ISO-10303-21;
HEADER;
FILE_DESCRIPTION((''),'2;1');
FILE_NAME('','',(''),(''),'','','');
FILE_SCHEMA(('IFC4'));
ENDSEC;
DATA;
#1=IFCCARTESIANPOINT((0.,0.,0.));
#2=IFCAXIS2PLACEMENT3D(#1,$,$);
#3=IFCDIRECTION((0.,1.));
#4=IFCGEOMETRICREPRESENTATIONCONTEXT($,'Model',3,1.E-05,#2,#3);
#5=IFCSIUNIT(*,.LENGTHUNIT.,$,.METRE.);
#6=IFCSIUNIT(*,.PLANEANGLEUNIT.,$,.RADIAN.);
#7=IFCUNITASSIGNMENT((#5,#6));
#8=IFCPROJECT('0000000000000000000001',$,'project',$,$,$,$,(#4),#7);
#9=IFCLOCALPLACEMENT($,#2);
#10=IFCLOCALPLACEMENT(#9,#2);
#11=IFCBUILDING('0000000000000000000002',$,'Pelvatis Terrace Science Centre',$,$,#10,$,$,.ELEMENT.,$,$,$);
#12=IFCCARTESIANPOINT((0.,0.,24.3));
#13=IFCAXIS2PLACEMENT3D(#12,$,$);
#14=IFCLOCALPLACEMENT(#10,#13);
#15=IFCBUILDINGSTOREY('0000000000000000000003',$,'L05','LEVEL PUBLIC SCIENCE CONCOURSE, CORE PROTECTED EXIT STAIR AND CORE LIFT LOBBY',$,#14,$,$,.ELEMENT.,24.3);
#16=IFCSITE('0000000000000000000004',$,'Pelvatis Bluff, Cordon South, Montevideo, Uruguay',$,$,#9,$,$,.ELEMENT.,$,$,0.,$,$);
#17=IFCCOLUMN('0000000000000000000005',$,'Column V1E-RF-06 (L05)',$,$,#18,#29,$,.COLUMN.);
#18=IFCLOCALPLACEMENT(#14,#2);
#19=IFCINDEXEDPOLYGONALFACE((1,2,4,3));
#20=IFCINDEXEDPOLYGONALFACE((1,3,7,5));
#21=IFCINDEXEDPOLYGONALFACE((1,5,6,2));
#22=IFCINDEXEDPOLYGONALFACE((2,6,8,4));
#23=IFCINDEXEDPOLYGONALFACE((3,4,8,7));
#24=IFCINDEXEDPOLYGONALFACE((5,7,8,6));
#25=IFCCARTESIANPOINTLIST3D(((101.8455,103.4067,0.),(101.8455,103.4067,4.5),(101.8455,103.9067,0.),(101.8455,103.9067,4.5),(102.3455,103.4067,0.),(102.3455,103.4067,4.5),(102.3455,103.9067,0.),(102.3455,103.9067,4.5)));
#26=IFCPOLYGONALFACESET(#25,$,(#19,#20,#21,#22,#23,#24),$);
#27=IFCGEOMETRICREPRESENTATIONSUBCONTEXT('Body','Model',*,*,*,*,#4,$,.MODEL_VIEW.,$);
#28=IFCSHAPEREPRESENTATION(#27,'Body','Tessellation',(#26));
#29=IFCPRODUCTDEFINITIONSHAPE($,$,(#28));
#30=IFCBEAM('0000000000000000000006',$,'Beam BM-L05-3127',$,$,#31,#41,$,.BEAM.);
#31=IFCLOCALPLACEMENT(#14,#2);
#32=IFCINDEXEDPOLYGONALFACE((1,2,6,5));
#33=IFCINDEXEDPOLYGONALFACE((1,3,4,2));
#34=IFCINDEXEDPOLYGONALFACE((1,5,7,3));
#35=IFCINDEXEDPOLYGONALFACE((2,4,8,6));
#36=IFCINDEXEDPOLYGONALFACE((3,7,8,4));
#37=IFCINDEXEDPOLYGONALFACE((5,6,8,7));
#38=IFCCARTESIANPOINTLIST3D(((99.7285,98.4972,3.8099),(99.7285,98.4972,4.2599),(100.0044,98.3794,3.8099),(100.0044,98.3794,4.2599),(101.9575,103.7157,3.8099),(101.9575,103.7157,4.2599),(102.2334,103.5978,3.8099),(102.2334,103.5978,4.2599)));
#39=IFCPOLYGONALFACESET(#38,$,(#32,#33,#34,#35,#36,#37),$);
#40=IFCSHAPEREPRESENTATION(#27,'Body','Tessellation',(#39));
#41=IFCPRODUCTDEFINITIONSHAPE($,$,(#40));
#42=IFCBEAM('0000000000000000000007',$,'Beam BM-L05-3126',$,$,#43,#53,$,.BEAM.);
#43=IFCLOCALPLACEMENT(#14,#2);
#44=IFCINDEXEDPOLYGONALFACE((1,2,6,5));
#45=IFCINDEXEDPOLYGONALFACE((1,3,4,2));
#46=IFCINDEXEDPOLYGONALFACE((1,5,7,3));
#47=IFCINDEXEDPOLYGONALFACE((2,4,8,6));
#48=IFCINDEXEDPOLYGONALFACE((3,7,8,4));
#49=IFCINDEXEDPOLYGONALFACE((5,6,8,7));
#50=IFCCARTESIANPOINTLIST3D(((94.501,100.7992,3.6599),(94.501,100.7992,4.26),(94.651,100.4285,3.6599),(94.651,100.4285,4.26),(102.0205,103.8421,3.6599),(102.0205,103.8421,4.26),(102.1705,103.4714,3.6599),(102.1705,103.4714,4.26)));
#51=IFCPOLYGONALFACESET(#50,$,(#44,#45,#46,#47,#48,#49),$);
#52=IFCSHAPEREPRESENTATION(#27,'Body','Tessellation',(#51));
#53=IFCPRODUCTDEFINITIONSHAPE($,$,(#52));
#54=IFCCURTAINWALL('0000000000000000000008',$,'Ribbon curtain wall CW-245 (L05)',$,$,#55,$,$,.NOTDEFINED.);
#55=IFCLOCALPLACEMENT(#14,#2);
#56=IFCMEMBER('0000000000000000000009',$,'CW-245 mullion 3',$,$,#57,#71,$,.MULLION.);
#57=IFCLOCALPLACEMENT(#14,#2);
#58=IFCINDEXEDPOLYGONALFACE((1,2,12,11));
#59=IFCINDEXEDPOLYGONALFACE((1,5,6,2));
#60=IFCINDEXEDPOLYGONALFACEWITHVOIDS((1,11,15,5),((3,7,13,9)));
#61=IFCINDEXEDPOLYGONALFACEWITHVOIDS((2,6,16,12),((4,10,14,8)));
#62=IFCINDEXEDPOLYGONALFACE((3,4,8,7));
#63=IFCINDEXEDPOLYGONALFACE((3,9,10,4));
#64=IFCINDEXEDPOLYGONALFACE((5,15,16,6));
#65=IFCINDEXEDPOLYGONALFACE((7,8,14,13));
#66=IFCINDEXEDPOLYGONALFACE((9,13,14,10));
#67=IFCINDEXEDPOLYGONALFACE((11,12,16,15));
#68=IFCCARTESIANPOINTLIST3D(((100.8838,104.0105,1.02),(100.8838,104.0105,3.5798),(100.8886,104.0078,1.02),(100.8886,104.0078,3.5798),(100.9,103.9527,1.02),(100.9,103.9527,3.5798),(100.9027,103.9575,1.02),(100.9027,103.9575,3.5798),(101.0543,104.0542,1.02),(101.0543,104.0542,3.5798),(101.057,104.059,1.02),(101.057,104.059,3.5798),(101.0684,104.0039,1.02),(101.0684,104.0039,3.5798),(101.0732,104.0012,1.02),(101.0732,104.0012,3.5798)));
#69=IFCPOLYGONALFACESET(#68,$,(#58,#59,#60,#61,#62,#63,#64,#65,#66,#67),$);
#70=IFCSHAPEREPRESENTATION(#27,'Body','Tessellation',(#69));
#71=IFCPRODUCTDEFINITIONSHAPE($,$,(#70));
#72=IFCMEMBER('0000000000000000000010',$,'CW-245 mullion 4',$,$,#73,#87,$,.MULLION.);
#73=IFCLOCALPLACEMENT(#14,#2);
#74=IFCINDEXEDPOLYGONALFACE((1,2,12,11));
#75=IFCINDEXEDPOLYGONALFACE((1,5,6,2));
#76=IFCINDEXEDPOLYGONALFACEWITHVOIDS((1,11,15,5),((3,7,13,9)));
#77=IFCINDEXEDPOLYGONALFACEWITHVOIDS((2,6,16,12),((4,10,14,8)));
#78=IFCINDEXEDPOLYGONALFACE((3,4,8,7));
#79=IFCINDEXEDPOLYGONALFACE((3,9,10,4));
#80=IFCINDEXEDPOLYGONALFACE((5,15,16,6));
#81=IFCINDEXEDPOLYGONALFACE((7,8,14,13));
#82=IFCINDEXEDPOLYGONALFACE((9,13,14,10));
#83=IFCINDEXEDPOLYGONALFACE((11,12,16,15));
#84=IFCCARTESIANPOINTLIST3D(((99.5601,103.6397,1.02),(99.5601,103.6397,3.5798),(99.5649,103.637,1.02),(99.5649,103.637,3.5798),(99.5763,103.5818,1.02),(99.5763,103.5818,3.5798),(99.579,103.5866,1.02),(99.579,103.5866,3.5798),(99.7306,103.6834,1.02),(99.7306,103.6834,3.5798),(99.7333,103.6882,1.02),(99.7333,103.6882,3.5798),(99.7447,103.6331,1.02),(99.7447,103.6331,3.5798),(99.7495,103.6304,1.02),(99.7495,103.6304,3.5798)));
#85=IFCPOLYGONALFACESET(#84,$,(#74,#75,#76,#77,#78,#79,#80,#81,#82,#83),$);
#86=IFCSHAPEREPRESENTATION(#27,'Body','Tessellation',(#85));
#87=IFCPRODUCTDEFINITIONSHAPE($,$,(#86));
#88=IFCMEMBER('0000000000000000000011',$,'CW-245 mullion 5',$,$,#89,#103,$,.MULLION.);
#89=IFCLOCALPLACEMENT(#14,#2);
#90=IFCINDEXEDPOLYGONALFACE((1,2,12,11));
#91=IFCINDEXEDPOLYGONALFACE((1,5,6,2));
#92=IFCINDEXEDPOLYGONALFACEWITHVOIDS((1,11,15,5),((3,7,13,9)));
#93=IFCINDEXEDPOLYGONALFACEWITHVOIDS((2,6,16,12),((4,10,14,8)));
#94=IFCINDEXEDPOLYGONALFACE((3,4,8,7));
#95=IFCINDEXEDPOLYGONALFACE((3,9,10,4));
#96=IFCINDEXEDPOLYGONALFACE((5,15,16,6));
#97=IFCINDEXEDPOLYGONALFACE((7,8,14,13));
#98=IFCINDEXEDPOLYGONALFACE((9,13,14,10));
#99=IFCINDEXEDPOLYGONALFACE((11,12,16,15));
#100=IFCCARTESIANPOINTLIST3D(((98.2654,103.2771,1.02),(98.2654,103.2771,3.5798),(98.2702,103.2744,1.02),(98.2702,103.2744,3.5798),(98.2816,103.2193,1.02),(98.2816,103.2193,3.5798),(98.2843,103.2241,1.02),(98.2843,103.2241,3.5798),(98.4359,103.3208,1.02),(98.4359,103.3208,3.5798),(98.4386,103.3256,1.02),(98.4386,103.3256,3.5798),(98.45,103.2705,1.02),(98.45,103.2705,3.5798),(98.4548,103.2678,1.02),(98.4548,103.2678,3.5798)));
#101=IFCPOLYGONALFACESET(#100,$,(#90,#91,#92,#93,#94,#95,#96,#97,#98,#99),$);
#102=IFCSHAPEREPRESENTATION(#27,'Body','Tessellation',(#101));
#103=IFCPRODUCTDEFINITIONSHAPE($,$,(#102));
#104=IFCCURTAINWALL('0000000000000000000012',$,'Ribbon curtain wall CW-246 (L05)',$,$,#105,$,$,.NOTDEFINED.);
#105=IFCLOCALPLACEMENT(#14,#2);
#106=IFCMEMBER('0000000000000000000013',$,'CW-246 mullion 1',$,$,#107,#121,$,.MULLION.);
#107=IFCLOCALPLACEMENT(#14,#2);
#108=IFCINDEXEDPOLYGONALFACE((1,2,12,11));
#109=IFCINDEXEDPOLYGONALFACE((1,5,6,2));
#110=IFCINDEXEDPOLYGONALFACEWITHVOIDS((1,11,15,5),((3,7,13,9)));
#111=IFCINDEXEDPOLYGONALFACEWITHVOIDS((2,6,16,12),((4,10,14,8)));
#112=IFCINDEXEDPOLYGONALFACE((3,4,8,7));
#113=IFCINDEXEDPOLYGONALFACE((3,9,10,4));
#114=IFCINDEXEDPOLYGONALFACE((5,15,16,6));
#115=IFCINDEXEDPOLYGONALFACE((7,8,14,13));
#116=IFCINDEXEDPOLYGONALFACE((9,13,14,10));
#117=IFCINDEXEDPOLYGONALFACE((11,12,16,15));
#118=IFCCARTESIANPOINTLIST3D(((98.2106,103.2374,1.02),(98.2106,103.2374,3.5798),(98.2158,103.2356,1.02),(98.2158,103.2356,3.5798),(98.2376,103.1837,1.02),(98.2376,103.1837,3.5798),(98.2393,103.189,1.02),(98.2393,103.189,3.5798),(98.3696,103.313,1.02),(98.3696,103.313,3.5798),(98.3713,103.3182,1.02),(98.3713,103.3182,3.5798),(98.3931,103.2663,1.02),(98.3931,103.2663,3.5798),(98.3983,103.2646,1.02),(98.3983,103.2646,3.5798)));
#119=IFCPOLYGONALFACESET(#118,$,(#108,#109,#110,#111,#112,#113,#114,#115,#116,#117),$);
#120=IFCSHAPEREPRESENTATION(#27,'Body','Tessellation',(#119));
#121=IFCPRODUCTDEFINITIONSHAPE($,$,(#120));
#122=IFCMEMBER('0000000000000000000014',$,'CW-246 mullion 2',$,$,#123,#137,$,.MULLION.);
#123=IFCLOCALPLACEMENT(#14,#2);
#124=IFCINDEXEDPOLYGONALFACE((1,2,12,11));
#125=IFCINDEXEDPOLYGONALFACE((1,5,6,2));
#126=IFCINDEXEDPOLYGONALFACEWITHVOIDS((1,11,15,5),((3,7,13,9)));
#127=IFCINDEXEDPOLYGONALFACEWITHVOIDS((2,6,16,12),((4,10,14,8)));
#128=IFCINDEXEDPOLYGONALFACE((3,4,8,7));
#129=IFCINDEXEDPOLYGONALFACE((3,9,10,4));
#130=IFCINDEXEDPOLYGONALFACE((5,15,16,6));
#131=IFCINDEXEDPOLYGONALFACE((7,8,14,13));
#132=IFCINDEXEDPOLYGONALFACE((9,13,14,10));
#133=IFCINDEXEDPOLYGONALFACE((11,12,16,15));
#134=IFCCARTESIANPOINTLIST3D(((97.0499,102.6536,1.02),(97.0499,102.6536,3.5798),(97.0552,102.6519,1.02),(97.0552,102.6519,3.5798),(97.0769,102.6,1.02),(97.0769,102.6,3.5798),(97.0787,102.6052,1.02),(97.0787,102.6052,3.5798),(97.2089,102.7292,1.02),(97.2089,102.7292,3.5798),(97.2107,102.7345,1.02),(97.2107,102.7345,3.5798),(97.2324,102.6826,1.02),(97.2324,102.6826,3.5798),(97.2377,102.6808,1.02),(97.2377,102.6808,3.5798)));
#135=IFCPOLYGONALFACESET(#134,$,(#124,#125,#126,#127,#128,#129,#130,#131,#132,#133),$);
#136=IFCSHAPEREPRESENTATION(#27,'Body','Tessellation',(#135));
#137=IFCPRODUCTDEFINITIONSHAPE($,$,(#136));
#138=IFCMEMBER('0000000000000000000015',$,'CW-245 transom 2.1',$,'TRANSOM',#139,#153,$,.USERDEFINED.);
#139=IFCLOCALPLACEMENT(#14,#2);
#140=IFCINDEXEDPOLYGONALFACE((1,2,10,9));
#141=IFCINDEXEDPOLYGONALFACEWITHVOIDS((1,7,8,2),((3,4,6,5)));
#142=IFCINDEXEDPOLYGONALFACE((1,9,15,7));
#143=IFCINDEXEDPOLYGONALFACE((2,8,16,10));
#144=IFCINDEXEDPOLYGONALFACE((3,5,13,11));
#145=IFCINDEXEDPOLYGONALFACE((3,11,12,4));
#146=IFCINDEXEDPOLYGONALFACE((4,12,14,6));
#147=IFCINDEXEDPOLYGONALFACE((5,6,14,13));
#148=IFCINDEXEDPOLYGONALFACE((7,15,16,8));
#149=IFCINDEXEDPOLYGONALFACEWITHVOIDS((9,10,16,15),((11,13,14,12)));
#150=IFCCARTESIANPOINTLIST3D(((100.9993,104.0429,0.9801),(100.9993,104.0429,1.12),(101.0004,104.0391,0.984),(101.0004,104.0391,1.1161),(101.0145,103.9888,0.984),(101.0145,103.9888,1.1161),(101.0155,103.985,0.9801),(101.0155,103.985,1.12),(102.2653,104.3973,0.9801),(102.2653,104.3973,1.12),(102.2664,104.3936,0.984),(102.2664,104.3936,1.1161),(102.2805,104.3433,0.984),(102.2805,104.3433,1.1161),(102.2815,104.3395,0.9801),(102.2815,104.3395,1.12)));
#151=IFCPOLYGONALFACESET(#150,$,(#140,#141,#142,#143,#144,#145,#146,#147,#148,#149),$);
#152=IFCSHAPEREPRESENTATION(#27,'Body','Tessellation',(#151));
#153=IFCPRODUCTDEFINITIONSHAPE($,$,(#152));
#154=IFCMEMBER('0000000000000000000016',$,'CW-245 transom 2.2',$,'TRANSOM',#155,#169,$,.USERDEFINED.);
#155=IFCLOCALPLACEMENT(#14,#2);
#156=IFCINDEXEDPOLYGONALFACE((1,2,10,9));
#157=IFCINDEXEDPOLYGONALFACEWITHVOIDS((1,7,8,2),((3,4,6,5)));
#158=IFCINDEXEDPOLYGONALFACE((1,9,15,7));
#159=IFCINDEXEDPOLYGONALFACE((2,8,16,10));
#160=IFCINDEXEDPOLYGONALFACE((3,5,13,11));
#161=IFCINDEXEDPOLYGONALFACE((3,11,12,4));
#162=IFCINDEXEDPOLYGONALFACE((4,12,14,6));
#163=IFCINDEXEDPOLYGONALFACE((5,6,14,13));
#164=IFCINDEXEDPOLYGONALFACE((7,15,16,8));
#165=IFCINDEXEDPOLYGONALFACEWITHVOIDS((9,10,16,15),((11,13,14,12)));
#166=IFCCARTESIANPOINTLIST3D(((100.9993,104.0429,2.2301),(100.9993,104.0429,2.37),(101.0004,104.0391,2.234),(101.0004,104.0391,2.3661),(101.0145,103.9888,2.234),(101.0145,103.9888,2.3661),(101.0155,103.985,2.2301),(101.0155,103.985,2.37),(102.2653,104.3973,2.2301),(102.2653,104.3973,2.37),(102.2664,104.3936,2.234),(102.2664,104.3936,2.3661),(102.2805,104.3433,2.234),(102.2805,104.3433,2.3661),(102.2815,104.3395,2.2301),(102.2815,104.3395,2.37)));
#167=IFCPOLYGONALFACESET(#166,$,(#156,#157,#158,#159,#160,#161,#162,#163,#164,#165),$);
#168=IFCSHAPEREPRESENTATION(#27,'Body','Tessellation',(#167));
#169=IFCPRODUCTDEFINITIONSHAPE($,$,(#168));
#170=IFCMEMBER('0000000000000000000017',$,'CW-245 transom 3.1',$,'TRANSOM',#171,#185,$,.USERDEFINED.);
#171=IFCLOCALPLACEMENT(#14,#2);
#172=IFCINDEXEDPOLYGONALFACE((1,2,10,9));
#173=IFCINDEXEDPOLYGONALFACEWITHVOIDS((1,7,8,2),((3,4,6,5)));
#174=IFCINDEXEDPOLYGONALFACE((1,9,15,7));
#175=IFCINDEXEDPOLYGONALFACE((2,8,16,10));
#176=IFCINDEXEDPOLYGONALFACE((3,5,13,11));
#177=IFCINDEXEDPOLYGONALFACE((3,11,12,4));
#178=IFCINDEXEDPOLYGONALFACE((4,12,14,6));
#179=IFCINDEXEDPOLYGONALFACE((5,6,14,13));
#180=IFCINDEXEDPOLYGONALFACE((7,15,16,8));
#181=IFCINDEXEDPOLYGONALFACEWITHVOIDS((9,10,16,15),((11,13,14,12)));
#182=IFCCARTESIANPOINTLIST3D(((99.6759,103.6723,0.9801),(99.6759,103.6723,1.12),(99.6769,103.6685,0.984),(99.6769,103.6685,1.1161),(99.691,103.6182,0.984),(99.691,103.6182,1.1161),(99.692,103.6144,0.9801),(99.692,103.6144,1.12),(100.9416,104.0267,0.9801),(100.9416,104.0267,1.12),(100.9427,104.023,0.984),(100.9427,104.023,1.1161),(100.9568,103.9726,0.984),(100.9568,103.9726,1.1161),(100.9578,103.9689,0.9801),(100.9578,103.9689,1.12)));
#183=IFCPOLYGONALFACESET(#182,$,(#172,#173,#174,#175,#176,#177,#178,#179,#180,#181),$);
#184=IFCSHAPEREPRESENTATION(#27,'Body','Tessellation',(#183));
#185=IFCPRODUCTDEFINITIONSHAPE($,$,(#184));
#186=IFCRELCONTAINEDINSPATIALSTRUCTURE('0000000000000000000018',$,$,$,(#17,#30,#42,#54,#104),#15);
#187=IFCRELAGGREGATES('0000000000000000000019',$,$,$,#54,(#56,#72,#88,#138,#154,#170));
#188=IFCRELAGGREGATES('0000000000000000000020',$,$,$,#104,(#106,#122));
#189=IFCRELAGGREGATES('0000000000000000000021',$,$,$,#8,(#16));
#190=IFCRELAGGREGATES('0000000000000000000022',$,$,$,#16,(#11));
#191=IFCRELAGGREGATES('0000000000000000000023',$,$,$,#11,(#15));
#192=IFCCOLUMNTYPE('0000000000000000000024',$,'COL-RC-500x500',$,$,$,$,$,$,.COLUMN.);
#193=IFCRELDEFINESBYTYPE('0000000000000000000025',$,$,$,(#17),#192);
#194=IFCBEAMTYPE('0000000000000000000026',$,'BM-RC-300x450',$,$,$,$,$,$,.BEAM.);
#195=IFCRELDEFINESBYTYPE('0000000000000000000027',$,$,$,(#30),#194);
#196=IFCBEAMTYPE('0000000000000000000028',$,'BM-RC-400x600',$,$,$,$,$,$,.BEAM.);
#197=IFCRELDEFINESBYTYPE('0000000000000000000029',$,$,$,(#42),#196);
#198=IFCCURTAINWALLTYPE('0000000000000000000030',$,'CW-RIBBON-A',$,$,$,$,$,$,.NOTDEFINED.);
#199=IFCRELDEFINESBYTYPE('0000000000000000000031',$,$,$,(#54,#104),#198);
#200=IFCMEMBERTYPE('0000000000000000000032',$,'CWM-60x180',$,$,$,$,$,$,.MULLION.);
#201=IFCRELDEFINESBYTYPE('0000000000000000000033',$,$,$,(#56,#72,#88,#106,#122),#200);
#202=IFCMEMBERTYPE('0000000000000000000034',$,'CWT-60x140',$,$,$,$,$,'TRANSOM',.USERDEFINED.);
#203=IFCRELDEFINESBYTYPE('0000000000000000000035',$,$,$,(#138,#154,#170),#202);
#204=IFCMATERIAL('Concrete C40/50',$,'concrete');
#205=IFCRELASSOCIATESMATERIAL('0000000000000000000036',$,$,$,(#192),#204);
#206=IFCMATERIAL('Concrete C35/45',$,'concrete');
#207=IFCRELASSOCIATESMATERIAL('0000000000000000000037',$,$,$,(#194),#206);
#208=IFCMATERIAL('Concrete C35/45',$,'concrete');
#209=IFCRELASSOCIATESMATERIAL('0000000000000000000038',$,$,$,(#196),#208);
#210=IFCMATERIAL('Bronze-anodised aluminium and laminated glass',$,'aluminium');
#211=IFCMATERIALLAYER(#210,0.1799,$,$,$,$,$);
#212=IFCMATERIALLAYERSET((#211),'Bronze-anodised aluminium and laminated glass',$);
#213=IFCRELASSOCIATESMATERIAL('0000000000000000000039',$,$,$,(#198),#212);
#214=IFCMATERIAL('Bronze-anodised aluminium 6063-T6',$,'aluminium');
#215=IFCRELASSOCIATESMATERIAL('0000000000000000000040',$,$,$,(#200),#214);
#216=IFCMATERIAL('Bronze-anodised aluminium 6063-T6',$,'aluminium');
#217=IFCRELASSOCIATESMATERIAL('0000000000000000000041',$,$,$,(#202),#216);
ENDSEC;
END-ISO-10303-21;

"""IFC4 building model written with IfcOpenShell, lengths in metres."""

from ifc_helpers import new_model, si_unit, direction, frame, origin, origin_2d, place, context, subcontext, project, spatial, rectangle, hollow_rectangle, extrude, material, layer, layer_set, material_profile, profile_set, type_object, element, aggregate, save


model = new_model("IFC4")

# Units and contexts
model_context = context("Model", 3, precision=1e-05, world=origin(), true_north=direction((0.0, 1.0)))
body_context = subcontext(model_context, "Body", "Model", "MODEL_VIEW")
ifc_project = project(units=[si_unit("LENGTHUNIT", "METRE"), si_unit("PLANEANGLEUNIT", "RADIAN")], contexts=[model_context])

# Site, building, storey
site_placement = place(None, origin())
site = spatial("IfcSite", under=ifc_project, at=site_placement, Name="Pelvatis Bluff, Cordon South, Montevideo, Uruguay", CompositionType="ELEMENT", RefElevation=0.0)
building_placement = place(site_placement, origin())
building = spatial("IfcBuilding", under=site, at=building_placement, Name="Pelvatis Terrace Science Centre", CompositionType="ELEMENT")
storey_placement = place(building_placement, frame((0.0, 0.0, 24.3)))
storey = spatial("IfcBuildingStorey", under=building, at=storey_placement, Name="L05", Description="LEVEL PUBLIC SCIENCE CONCOURSE, CORE PROTECTED EXIT STAIR AND CORE LIFT LOBBY", CompositionType="ELEMENT", Elevation=24.3)

# Column
ifc_material_1 = material(Name="Concrete C40/50", Category="concrete")
ifc_material_profile_1 = material_profile(ifc_material_1, rectangle(XDim=0.5, YDim=0.5, at=origin_2d()), Name="RC-COL 500x500")
ifc_profile_set_1 = profile_set([ifc_material_profile_1], Name="Concrete C40/50")
column_type = type_object("IfcColumnType", Name="COL-RC-500x500", PredefinedType="COLUMN", material=ifc_profile_set_1)
column_placement = place(storey_placement, frame((102.0955, 103.6567, 0.0), z_axis=(0.0, 0.0, 1.0), x_axis=(1.0, 0.0, 0.0)))
element("IfcColumn", 1, at=column_placement, inside=storey, type_object=column_type, Name="Column V1E-RF-06 (L05)", PredefinedType="COLUMN", context=body_context, shape_type="SweptSolid", body=[
    extrude(rectangle(XDim=0.5, YDim=0.5, at=origin_2d()), origin(), (0.0, 0.0, 1.0), 4.5),
])

# Beams
ifc_material_2 = material(Name="Concrete C35/45", Category="concrete")
ifc_material_profile_2 = material_profile(ifc_material_2, rectangle(XDim=0.3, YDim=0.45, at=origin_2d()), Name="RC-BM 300x450")
ifc_profile_set_2 = profile_set([ifc_material_profile_2], Name="Concrete C35/45")
beam_type_1 = type_object("IfcBeamType", Name="BM-RC-300x450", PredefinedType="BEAM", material=ifc_profile_set_2)
beam_1_placement = place(storey_placement, frame((102.0955, 103.6567, 4.0349), z_axis=(-0.392803, -0.919623, 0.0), x_axis=(0.919623, -0.392803, 0.0)))
element("IfcBeam", 2, at=beam_1_placement, inside=storey, type_object=beam_type_1, Name="Beam BM-L05-3127", PredefinedType="BEAM", context=body_context, shape_type="SweptSolid", body=[
    extrude(rectangle(XDim=0.3, YDim=0.45, at=origin_2d()), origin(), (0.0, 0.0, 1.0), 5.6746),
])
ifc_material_3 = material(Name="Concrete C35/45", Category="concrete")
ifc_material_profile_3 = material_profile(ifc_material_3, rectangle(XDim=0.3999, YDim=0.6001, at=origin_2d()), Name="RC-BM 400x600")
ifc_profile_set_3 = profile_set([ifc_material_profile_3], Name="Concrete C35/45")
beam_type_2 = type_object("IfcBeamType", Name="BM-RC-400x600", PredefinedType="BEAM", material=ifc_profile_set_3)
beam_2_placement = place(storey_placement, frame((102.0955, 103.6567, 3.96), z_axis=(-0.926975, -0.375124, 0.0), x_axis=(0.375124, -0.926975, 0.0)))
element("IfcBeam", 3, at=beam_2_placement, inside=storey, type_object=beam_type_2, Name="Beam BM-L05-3126", PredefinedType="BEAM", context=body_context, shape_type="SweptSolid", body=[
    extrude(rectangle(XDim=0.3999, YDim=0.6001, at=origin_2d()), origin(), (0.0, 0.0, 1.0), 8.1118),
])

# Curtain walls, members
ifc_material_4 = material(Name="Bronze-anodised aluminium and laminated glass", Category="aluminium")
ifc_layer_1 = layer(ifc_material_4, 0.1799)
ifc_layer_set_1 = layer_set([ifc_layer_1], Name="Bronze-anodised aluminium and laminated glass")
curtain_wall_type = type_object("IfcCurtainWallType", Name="CW-RIBBON-A", PredefinedType="NOTDEFINED", material=ifc_layer_set_1)
curtain_wall_1_placement = place(storey_placement, origin())
curtain_wall_1 = element("IfcCurtainWall", 4, at=curtain_wall_1_placement, inside=storey, type_object=curtain_wall_type, Name="Ribbon curtain wall CW-245 (L05)", PredefinedType="NOTDEFINED")
ifc_material_5 = material(Name="Bronze-anodised aluminium 6063-T6", Category="aluminium")
ifc_material_profile_4 = material_profile(ifc_material_5, hollow_rectangle(XDim=0.0601, YDim=0.1799, WallThickness=0.0039, at=origin_2d()), Name="ALU-MUL 60x180")
ifc_profile_set_4 = profile_set([ifc_material_profile_4], Name="Bronze-anodised aluminium 6063-T6")
member_type_1 = type_object("IfcMemberType", Name="CWM-60x180", PredefinedType="MULLION", material=ifc_profile_set_4)
member_1_placement = place(storey_placement, frame((100.9785, 104.0059, 1.02), z_axis=(0.0, 0.0, 1.0), x_axis=(0.269695, -0.962946, 0.0)))
member_1 = element("IfcMember", 5, at=member_1_placement, type_object=member_type_1, Name="CW-245 mullion 3", PredefinedType="MULLION", context=body_context, shape_type="SweptSolid", body=[
    extrude(hollow_rectangle(XDim=0.0601, YDim=0.1799, WallThickness=0.0039, at=origin_2d()), origin(), (0.0, 0.0, 1.0), 2.5598),
])
member_2_placement = place(storey_placement, frame((99.6548, 103.635, 1.02), z_axis=(0.0, 0.0, 1.0), x_axis=(0.269695, -0.962946, 0.0)))
member_2 = element("IfcMember", 6, at=member_2_placement, type_object=member_type_1, Name="CW-245 mullion 4", PredefinedType="MULLION", context=body_context, shape_type="SweptSolid", body=[
    extrude(hollow_rectangle(XDim=0.0601, YDim=0.1799, WallThickness=0.0039, at=origin_2d()), origin(), (0.0, 0.0, 1.0), 2.5598),
])
member_3_placement = place(storey_placement, frame((98.3601, 103.2725, 1.02), z_axis=(0.0, 0.0, 1.0), x_axis=(0.269695, -0.962946, 0.0)))
member_3 = element("IfcMember", 7, at=member_3_placement, type_object=member_type_1, Name="CW-245 mullion 5", PredefinedType="MULLION", context=body_context, shape_type="SweptSolid", body=[
    extrude(hollow_rectangle(XDim=0.0601, YDim=0.1799, WallThickness=0.0039, at=origin_2d()), origin(), (0.0, 0.0, 1.0), 2.5598),
])
curtain_wall_2_placement = place(storey_placement, origin())
curtain_wall_2 = element("IfcCurtainWall", 8, at=curtain_wall_2_placement, inside=storey, type_object=curtain_wall_type, Name="Ribbon curtain wall CW-246 (L05)", PredefinedType="NOTDEFINED")
member_4_placement = place(storey_placement, frame((98.3044, 103.251, 1.02), z_axis=(0.0, 0.0, 1.0), x_axis=(0.449304, -0.893379, 0.0)))
member_4 = element("IfcMember", 9, at=member_4_placement, type_object=member_type_1, Name="CW-246 mullion 1", PredefinedType="MULLION", context=body_context, shape_type="SweptSolid", body=[
    extrude(hollow_rectangle(XDim=0.0601, YDim=0.1799, WallThickness=0.0039, at=origin_2d()), origin(), (0.0, 0.0, 1.0), 2.5598),
])
member_5_placement = place(storey_placement, frame((97.1438, 102.6672, 1.02), z_axis=(0.0, 0.0, 1.0), x_axis=(0.449304, -0.893379, 0.0)))
member_5 = element("IfcMember", 10, at=member_5_placement, type_object=member_type_1, Name="CW-246 mullion 2", PredefinedType="MULLION", context=body_context, shape_type="SweptSolid", body=[
    extrude(hollow_rectangle(XDim=0.0601, YDim=0.1799, WallThickness=0.0039, at=origin_2d()), origin(), (0.0, 0.0, 1.0), 2.5598),
])

# Members
ifc_material_6 = material(Name="Bronze-anodised aluminium 6063-T6", Category="aluminium")
ifc_material_profile_5 = material_profile(ifc_material_6, hollow_rectangle(XDim=0.0601, YDim=0.1399, WallThickness=0.0039, at=origin_2d()), Name="ALU-TRN 60x140")
ifc_profile_set_5 = profile_set([ifc_material_profile_5], Name="Bronze-anodised aluminium 6063-T6")
member_type_2 = type_object("IfcMemberType", Name="CWT-60x140", ElementType="TRANSOM", PredefinedType="USERDEFINED", material=ifc_profile_set_5)
member_6_placement = place(storey_placement, frame((102.2734, 104.3684, 1.05), z_axis=(-0.962968, -0.269616, 0.0), x_axis=(0.269616, -0.962968, 0.0)))
member_6 = element("IfcMember", 11, at=member_6_placement, type_object=member_type_2, Name="CW-245 transom 2.1", ObjectType="TRANSOM", PredefinedType="USERDEFINED", context=body_context, shape_type="SweptSolid", body=[
    extrude(hollow_rectangle(XDim=0.0601, YDim=0.1399, WallThickness=0.0039, at=origin_2d()), origin(), (0.0, 0.0, 1.0), 1.3147),
])
member_7_placement = place(storey_placement, frame((102.2734, 104.3684, 2.3), z_axis=(-0.962968, -0.269616, 0.0), x_axis=(0.269616, -0.962968, 0.0)))
member_7 = element("IfcMember", 12, at=member_7_placement, type_object=member_type_2, Name="CW-245 transom 2.2", ObjectType="TRANSOM", PredefinedType="USERDEFINED", context=body_context, shape_type="SweptSolid", body=[
    extrude(hollow_rectangle(XDim=0.0601, YDim=0.1399, WallThickness=0.0039, at=origin_2d()), origin(), (0.0, 0.0, 1.0), 1.3147),
])
member_8_placement = place(storey_placement, frame((100.9497, 103.9978, 1.05), z_axis=(-0.962954, -0.269664, 0.0), x_axis=(0.269664, -0.962954, 0.0)))
member_8 = element("IfcMember", 13, at=member_8_placement, type_object=member_type_2, Name="CW-245 transom 3.1", ObjectType="TRANSOM", PredefinedType="USERDEFINED", context=body_context, shape_type="SweptSolid", body=[
    extrude(hollow_rectangle(XDim=0.0601, YDim=0.1399, WallThickness=0.0039, at=origin_2d()), origin(), (0.0, 0.0, 1.0), 1.3145),
])

aggregate(curtain_wall_1, [member_1, member_2, member_3, member_6, member_7, member_8])
aggregate(curtain_wall_2, [member_4, member_5])

save(model, "model.ifc")
